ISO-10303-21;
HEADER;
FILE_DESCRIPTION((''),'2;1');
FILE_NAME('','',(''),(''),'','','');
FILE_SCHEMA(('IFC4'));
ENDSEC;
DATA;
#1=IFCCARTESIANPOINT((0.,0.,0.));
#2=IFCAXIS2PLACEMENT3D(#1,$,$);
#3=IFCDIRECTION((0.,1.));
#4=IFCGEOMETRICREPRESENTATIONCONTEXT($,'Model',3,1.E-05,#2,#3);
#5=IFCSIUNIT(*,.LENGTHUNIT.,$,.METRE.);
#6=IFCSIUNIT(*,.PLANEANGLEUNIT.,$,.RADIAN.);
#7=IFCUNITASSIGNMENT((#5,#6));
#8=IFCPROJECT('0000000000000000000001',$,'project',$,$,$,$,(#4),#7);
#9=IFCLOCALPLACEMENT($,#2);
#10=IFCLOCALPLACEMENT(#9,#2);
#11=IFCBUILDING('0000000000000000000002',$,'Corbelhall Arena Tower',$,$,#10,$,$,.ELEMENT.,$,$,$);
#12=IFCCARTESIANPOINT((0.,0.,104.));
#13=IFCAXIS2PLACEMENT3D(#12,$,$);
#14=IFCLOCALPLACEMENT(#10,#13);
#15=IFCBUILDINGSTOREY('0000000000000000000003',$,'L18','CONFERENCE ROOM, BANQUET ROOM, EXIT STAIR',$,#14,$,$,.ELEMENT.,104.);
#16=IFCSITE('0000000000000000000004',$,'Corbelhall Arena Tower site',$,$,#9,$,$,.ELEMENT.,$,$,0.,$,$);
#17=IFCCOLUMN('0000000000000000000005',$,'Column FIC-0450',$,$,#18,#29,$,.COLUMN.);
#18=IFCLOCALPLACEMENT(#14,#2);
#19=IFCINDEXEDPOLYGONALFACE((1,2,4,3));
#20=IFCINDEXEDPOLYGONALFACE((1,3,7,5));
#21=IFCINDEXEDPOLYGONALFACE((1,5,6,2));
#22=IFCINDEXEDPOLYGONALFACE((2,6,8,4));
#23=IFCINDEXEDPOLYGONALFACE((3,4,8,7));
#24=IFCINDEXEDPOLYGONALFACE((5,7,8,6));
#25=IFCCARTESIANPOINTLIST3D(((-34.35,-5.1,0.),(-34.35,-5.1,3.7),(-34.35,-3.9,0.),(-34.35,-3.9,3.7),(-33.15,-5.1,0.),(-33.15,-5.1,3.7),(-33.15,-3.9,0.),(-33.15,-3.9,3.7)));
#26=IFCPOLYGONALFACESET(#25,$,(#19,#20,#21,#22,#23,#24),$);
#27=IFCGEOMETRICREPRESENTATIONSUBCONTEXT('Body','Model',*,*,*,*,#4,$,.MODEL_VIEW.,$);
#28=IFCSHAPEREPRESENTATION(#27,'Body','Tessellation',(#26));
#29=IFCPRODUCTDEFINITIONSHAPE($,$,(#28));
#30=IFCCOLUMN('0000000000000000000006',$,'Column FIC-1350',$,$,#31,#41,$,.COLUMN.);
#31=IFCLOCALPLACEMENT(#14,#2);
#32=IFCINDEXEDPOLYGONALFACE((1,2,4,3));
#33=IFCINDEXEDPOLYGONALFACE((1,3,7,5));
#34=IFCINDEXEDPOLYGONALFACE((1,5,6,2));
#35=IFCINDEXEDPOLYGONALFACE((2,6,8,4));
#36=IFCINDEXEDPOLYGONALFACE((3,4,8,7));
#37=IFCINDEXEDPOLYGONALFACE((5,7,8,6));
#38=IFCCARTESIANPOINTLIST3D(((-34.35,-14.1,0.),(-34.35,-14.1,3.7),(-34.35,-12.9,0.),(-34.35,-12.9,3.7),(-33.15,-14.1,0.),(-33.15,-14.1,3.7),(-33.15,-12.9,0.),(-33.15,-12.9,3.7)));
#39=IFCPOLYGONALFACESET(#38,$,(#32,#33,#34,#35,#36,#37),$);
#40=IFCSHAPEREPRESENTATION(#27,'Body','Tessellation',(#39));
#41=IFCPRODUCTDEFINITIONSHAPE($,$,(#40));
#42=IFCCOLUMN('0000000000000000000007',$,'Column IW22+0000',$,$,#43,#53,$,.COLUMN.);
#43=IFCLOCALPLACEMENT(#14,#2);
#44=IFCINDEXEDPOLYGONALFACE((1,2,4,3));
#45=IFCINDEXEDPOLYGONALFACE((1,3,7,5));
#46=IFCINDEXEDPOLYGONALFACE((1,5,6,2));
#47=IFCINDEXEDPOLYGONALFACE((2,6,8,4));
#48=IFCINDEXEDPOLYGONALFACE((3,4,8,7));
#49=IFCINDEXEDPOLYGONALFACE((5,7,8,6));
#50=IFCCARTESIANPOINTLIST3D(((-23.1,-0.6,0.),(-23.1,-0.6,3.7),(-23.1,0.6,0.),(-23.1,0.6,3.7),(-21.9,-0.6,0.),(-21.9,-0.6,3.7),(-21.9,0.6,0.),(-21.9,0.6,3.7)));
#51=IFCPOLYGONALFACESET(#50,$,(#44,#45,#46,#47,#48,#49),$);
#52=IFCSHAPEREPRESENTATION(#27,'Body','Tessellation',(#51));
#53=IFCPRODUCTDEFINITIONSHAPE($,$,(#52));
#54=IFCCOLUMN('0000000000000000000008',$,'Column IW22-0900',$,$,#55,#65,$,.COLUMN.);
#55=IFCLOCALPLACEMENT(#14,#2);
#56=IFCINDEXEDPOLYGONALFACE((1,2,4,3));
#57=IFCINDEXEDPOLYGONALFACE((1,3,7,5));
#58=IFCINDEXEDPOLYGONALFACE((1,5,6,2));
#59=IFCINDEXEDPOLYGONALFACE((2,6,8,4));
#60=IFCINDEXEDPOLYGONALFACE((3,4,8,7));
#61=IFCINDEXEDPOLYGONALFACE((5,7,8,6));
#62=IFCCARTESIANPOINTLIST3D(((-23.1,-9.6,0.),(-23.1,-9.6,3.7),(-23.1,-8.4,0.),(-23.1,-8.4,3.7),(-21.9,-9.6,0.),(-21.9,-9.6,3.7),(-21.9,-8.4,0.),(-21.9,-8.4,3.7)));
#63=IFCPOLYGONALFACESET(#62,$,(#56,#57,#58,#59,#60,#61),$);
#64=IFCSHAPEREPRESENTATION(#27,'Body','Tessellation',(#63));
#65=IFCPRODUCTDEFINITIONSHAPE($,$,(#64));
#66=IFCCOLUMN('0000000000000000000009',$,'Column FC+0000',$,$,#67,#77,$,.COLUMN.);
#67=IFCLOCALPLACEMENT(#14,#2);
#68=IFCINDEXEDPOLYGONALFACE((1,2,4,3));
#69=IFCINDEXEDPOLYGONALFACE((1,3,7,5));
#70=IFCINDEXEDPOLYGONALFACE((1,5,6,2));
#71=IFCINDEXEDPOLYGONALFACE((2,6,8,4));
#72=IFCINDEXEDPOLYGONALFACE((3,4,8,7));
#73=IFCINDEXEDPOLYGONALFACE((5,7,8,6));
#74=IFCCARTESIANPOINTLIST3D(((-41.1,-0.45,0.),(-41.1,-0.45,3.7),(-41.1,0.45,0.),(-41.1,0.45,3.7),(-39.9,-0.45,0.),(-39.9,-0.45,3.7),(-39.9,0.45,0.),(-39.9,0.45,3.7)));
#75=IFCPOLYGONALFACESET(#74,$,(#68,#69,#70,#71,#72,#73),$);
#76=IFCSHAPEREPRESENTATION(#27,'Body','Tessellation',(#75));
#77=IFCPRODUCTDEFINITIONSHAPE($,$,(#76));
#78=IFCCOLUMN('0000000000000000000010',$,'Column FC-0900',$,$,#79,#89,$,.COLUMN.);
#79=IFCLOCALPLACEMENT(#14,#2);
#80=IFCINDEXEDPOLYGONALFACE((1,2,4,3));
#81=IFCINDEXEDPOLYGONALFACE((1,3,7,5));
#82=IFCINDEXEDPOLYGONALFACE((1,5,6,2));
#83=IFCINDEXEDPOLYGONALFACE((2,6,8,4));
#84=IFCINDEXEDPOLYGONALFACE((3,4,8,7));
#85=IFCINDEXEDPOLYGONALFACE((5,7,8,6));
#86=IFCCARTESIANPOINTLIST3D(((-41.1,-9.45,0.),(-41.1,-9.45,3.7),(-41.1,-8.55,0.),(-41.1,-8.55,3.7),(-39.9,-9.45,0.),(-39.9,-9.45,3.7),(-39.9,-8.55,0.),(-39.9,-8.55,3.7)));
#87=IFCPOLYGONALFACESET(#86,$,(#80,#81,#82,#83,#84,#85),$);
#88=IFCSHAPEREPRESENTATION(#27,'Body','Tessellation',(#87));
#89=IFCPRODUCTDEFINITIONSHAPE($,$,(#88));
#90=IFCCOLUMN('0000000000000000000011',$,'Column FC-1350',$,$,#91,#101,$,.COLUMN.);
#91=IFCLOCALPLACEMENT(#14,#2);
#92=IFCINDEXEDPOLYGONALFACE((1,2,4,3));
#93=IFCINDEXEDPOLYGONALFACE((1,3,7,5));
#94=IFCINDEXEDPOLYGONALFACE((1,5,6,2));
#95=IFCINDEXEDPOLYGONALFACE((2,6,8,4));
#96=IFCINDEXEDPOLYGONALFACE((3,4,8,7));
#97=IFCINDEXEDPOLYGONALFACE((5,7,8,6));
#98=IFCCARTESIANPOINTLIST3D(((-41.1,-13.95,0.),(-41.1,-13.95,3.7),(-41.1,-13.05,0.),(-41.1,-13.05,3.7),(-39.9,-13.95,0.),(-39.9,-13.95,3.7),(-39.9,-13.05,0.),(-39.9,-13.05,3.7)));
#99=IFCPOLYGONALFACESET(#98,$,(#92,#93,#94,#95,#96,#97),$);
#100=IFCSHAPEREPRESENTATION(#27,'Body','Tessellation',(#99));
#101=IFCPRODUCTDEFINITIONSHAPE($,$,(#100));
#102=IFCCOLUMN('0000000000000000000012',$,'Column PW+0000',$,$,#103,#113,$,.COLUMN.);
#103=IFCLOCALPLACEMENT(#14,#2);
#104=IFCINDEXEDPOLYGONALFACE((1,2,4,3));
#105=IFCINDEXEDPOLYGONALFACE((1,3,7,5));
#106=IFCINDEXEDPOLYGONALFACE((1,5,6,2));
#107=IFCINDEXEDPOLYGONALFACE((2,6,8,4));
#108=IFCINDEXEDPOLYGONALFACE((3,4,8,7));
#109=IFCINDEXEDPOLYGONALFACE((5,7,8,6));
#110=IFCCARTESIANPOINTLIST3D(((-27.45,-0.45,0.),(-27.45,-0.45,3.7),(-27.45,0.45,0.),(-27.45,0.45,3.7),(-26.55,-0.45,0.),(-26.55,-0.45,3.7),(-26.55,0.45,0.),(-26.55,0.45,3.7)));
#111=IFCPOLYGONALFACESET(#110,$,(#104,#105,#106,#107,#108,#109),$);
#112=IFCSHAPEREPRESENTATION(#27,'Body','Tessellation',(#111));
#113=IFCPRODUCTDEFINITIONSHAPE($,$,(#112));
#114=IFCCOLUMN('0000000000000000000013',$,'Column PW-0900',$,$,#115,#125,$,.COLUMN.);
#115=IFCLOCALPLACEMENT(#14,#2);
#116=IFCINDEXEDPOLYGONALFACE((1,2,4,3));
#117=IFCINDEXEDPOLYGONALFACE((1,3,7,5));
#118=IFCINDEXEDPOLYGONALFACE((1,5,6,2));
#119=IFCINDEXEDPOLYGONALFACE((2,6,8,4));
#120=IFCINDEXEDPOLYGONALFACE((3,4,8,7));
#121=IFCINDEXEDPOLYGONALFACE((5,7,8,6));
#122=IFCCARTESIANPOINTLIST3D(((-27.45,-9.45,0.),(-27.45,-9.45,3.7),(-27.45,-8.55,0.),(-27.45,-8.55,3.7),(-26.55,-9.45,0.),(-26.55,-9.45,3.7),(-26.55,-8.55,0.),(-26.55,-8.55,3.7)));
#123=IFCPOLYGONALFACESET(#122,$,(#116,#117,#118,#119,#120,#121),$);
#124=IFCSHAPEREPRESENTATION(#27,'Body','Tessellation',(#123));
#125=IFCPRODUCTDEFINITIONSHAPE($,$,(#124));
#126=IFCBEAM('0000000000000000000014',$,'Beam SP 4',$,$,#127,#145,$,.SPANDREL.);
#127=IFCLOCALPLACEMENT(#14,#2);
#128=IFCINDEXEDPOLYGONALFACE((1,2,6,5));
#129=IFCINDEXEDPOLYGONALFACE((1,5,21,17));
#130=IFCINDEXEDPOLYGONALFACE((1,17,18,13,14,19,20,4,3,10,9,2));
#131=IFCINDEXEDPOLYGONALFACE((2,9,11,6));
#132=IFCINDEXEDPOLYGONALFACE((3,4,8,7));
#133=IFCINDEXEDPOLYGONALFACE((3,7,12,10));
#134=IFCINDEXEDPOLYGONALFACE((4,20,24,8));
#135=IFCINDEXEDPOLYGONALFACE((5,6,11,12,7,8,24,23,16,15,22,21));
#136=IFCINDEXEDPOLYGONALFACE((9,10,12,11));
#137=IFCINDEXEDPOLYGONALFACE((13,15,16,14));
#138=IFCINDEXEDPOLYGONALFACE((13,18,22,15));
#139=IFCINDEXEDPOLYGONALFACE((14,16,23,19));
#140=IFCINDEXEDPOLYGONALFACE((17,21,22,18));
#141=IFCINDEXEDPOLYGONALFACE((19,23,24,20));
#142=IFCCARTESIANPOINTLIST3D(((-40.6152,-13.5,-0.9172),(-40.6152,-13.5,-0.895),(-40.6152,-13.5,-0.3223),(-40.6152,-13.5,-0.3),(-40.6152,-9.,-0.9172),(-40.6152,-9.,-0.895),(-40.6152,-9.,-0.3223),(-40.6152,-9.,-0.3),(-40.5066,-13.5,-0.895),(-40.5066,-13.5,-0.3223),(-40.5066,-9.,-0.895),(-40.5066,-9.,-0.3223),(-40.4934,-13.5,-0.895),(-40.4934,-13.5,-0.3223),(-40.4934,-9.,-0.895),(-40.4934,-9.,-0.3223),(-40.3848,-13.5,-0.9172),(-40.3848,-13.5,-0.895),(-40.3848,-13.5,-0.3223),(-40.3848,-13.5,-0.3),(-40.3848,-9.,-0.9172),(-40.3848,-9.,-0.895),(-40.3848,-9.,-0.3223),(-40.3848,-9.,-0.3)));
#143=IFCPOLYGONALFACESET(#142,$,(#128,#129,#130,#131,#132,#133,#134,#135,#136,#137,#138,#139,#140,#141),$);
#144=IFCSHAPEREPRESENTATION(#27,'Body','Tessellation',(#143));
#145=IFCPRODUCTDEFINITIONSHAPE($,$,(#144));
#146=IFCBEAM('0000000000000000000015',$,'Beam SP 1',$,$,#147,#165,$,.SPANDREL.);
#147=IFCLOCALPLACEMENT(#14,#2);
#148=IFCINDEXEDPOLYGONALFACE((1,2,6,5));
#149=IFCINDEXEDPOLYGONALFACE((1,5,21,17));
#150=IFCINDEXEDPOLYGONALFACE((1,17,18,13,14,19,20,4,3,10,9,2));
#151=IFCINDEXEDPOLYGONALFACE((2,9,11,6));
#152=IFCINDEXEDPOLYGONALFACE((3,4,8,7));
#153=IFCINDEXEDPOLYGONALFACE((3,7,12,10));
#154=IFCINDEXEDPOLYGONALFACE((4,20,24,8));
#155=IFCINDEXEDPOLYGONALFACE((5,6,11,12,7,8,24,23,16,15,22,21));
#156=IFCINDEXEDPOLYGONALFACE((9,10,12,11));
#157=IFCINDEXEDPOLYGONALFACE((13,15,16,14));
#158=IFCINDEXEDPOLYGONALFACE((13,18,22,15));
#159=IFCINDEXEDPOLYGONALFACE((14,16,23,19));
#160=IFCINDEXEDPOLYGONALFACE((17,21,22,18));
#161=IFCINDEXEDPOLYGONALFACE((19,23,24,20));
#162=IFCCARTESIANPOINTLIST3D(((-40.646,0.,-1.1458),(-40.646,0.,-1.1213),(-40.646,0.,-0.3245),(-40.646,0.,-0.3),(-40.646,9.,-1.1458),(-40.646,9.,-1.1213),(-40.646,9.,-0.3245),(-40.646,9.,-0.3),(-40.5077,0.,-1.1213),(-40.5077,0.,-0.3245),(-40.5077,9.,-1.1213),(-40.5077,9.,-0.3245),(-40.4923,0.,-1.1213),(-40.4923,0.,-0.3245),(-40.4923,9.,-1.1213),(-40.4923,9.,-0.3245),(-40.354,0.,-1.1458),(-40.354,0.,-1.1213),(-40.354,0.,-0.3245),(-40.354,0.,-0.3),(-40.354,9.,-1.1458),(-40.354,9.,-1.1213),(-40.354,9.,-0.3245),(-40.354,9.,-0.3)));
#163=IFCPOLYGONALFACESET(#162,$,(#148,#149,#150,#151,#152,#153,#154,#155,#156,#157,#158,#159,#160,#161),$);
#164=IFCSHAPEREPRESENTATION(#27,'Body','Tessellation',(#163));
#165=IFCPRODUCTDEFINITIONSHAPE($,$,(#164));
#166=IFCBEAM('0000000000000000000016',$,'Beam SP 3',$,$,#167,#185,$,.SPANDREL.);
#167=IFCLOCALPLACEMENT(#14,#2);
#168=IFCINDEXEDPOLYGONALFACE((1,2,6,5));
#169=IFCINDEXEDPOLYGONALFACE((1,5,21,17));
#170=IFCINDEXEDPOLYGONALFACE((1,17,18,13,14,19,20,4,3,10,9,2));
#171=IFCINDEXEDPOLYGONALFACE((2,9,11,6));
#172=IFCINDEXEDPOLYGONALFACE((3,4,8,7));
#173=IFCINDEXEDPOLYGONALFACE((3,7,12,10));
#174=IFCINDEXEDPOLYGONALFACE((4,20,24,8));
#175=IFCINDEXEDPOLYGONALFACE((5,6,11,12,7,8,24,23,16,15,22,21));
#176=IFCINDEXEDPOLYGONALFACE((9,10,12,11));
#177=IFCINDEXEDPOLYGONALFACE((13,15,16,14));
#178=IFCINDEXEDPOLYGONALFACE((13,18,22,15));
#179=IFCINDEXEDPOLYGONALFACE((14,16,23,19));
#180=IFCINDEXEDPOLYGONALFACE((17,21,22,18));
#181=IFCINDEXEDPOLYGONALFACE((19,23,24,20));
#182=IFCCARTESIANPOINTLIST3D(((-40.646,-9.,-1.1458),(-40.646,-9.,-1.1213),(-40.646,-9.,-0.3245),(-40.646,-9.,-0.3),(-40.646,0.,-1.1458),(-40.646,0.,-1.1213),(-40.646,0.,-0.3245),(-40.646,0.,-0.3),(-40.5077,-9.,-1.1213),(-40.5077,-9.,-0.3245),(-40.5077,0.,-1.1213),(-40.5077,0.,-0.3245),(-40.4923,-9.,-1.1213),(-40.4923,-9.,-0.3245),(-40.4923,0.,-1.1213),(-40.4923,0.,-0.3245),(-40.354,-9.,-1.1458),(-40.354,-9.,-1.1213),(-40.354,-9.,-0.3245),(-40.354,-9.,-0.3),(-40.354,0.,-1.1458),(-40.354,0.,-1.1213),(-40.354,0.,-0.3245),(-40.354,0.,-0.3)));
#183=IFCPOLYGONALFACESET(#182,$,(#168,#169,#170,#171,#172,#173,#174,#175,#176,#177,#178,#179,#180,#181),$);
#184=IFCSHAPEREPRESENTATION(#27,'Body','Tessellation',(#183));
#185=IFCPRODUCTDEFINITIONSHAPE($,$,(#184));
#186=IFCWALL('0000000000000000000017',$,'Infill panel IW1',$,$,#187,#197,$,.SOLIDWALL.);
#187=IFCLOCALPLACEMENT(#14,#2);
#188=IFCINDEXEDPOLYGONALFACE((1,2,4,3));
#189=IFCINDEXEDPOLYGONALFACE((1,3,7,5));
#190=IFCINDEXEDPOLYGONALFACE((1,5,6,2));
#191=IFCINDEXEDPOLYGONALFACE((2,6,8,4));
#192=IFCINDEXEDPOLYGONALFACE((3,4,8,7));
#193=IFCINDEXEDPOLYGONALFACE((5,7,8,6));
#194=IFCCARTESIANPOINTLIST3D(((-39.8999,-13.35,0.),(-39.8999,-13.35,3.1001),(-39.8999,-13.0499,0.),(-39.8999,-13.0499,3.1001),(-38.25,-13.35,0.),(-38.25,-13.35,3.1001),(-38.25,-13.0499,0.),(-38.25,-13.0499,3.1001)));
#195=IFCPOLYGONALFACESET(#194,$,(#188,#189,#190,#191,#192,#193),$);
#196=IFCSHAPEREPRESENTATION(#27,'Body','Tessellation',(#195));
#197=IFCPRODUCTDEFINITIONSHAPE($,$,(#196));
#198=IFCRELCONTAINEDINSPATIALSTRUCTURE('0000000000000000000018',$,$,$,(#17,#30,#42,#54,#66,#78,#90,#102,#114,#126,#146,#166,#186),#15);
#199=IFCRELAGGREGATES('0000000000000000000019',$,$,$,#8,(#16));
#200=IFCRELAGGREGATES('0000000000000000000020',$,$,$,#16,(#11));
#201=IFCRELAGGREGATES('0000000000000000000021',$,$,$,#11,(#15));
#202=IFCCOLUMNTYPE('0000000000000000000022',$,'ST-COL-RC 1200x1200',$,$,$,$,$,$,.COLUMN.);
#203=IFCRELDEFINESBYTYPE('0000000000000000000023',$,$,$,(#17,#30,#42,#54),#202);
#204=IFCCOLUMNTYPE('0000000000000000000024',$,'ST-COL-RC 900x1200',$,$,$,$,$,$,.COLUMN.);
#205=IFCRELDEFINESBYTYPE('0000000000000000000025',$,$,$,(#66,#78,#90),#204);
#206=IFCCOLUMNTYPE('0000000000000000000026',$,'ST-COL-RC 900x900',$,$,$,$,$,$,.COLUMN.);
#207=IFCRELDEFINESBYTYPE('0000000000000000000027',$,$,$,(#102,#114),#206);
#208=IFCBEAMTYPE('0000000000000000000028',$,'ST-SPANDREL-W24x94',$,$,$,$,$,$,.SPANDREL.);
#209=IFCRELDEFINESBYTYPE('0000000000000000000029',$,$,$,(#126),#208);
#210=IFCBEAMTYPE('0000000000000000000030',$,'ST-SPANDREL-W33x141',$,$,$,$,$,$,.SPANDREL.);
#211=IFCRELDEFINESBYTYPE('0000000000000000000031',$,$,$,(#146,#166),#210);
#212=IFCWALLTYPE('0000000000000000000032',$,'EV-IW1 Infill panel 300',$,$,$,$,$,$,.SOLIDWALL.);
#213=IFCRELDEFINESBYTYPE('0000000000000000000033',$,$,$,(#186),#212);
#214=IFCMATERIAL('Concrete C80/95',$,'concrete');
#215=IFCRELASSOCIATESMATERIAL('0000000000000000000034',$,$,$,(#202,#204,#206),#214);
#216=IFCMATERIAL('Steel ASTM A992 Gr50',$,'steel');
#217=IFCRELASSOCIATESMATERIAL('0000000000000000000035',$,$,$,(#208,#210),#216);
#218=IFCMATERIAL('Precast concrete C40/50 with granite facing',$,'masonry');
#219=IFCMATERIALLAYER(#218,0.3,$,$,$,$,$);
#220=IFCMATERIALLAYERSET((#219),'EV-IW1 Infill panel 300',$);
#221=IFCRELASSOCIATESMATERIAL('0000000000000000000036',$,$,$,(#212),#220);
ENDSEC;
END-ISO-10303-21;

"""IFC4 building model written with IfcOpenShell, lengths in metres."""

from ifc_helpers import new_model, si_unit, direction, frame, frame_2d, origin, origin_2d, place, context, subcontext, project, spatial, rectangle, i_section, extrude, material, layer, layer_set, material_profile, profile_set, type_object, element, save


model = new_model("IFC4")

# Units and contexts
model_context = context("Model", 3, precision=1e-05, world=origin(), true_north=direction((0.0, 1.0)))
body_context = subcontext(model_context, "Body", "Model", "MODEL_VIEW")
ifc_project = project(units=[si_unit("LENGTHUNIT", "METRE"), si_unit("PLANEANGLEUNIT", "RADIAN")], contexts=[model_context])

# Site, building, storey
site_placement = place(None, origin())
site = spatial("IfcSite", under=ifc_project, at=site_placement, Name="Corbelhall Arena Tower site", CompositionType="ELEMENT", RefElevation=0.0)
building_placement = place(site_placement, origin())
building = spatial("IfcBuilding", under=site, at=building_placement, Name="Corbelhall Arena Tower", CompositionType="ELEMENT")
storey_placement = place(building_placement, frame((0.0, 0.0, 104.0)))
storey = spatial("IfcBuildingStorey", under=building, at=storey_placement, Name="L18", Description="CONFERENCE ROOM, BANQUET ROOM, EXIT STAIR", CompositionType="ELEMENT", Elevation=104.0)

# Columns
ifc_material_1 = material(Name="Concrete C80/95", Category="concrete")
ifc_material_profile_1 = material_profile(ifc_material_1, rectangle(XDim=1.2, YDim=1.2, at=origin_2d()))
ifc_profile_set_1 = profile_set([ifc_material_profile_1], Name="Concrete C80/95")
column_type_1 = type_object("IfcColumnType", Name="ST-COL-RC 1200x1200", PredefinedType="COLUMN", material=ifc_profile_set_1)
for number, where, z_axis, x_axis, name in (
    (1, (-33.75, -4.5, 0.0), (0.0, 0.0, 1.0), (1.0, 0.0, 0.0), "Column FIC-0450"),
    (2, (-33.75, -13.5, 0.0), (0.0, 0.0, 1.0), (1.0, 0.0, 0.0), "Column FIC-1350"),
    (3, (-22.5, 0.0, 0.0), (0.0, 0.0, 1.0), (1.0, 0.0, 0.0), "Column IW22+0000"),
    (4, (-22.5, -9.0, 0.0), (0.0, 0.0, 1.0), (1.0, 0.0, 0.0), "Column IW22-0900"),
):
    element("IfcColumn", number, at=place(storey_placement, frame(where, z_axis=z_axis, x_axis=x_axis)), inside=storey, type_object=column_type_1, Name=name, PredefinedType="COLUMN", context=body_context, shape_type="SweptSolid", body=[
        extrude(rectangle(XDim=1.2, YDim=1.2, at=origin_2d()), origin(), (0.0, 0.0, 1.0), 3.7),
    ])
ifc_material_profile_2 = material_profile(ifc_material_1, rectangle(XDim=0.8999, YDim=1.2, at=origin_2d()))
ifc_profile_set_2 = profile_set([ifc_material_profile_2], Name="Concrete C80/95")
column_type_2 = type_object("IfcColumnType", Name="ST-COL-RC 900x1200", PredefinedType="COLUMN", material=ifc_profile_set_2)
for number, where, z_axis, x_axis, name in (
    (5, (-40.5, 0.0, 0.0), (0.0, 0.0, 1.0), (0.0, 1.0, 0.0), "Column FC+0000"),
    (6, (-40.5, -9.0, 0.0), (0.0, 0.0, 1.0), (0.0, 1.0, 0.0), "Column FC-0900"),
    (7, (-40.5, -13.5, 0.0), (0.0, 0.0, 1.0), (0.0, 1.0, 0.0), "Column FC-1350"),
):
    element("IfcColumn", number, at=place(storey_placement, frame(where, z_axis=z_axis, x_axis=x_axis)), inside=storey, type_object=column_type_2, Name=name, PredefinedType="COLUMN", context=body_context, shape_type="SweptSolid", body=[
        extrude(rectangle(XDim=0.8999, YDim=1.2, at=origin_2d()), origin(), (0.0, 0.0, 1.0), 3.7),
    ])
ifc_material_profile_3 = material_profile(ifc_material_1, rectangle(XDim=0.8999, YDim=0.8999, at=origin_2d()))
ifc_profile_set_3 = profile_set([ifc_material_profile_3], Name="Concrete C80/95")
column_type_3 = type_object("IfcColumnType", Name="ST-COL-RC 900x900", PredefinedType="COLUMN", material=ifc_profile_set_3)
for number, where, z_axis, x_axis, name in (
    (8, (-27.0, 0.0, 0.0), (0.0, 0.0, 1.0), (1.0, 0.0, 0.0), "Column PW+0000"),
    (9, (-27.0, -9.0, 0.0), (0.0, 0.0, 1.0), (1.0, 0.0, 0.0), "Column PW-0900"),
):
    element("IfcColumn", number, at=place(storey_placement, frame(where, z_axis=z_axis, x_axis=x_axis)), inside=storey, type_object=column_type_3, Name=name, PredefinedType="COLUMN", context=body_context, shape_type="SweptSolid", body=[
        extrude(rectangle(XDim=0.8999, YDim=0.8999, at=origin_2d()), origin(), (0.0, 0.0, 1.0), 3.7),
    ])

# Beams
ifc_material_2 = material(Name="Steel ASTM A992 Gr50", Category="steel")
ifc_material_profile_4 = material_profile(ifc_material_2, i_section(OverallWidth=0.2305, OverallDepth=0.6172, WebThickness=0.0132, FlangeThickness=0.0222, at=origin_2d()))
ifc_profile_set_4 = profile_set([ifc_material_profile_4], Name="Steel ASTM A992 Gr50")
beam_type_1 = type_object("IfcBeamType", Name="ST-SPANDREL-W24x94", PredefinedType="SPANDREL", material=ifc_profile_set_4)
beam_placement = place(storey_placement, frame((-40.5, -13.5, -0.6086), z_axis=(0.0, 1.0, 0.0), x_axis=(-1.0, 0.0, 0.0)))
element("IfcBeam", 10, at=beam_placement, inside=storey, type_object=beam_type_1, Name="Beam SP 4", PredefinedType="SPANDREL", context=body_context, shape_type="SweptSolid", body=[
    extrude(i_section(OverallWidth=0.2305, OverallDepth=0.6172, WebThickness=0.0132, FlangeThickness=0.0222, at=origin_2d()), origin(), (0.0, 0.0, 1.0), 4.5),
])
ifc_material_profile_5 = material_profile(ifc_material_2, i_section(OverallWidth=0.292, OverallDepth=0.8457, WebThickness=0.0154, FlangeThickness=0.0244, at=origin_2d()))
ifc_profile_set_5 = profile_set([ifc_material_profile_5], Name="Steel ASTM A992 Gr50")
beam_type_2 = type_object("IfcBeamType", Name="ST-SPANDREL-W33x141", PredefinedType="SPANDREL", material=ifc_profile_set_5)
for number, where, z_axis, x_axis, name in (
    (11, (-40.5, 0.0, -0.7229), (0.0, 1.0, 0.0), (-1.0, 0.0, 0.0), "Beam SP 1"),
    (12, (-40.5, -9.0, -0.7229), (0.0, 1.0, 0.0), (-1.0, 0.0, 0.0), "Beam SP 3"),
):
    element("IfcBeam", number, at=place(storey_placement, frame(where, z_axis=z_axis, x_axis=x_axis)), inside=storey, type_object=beam_type_2, Name=name, PredefinedType="SPANDREL", context=body_context, shape_type="SweptSolid", body=[
        extrude(i_section(OverallWidth=0.292, OverallDepth=0.8457, WebThickness=0.0154, FlangeThickness=0.0244, at=origin_2d()), origin(), (0.0, 0.0, 1.0), 9.0),
    ])

# Wall
ifc_material_3 = material(Name="Precast concrete C40/50 with granite facing", Category="masonry")
ifc_layer_1 = layer(ifc_material_3, 0.3)
ifc_layer_set_1 = layer_set([ifc_layer_1], Name="EV-IW1 Infill panel 300")
wall_type_1 = type_object("IfcWallType", Name="EV-IW1 Infill panel 300", PredefinedType="SOLIDWALL", material=ifc_layer_set_1)
wall_1_placement = place(storey_placement, frame((-39.8999, -13.2, 0.0), z_axis=(0.0, 0.0, 1.0), x_axis=(1.0, 0.0, 0.0)))
element("IfcWall", 13, at=wall_1_placement, inside=storey, type_object=wall_type_1, Name="Infill panel IW1", PredefinedType="SOLIDWALL", context=body_context, shape_type="SweptSolid", body=[
    extrude(rectangle(XDim=1.6499, YDim=0.3, at=frame_2d((0.825, 0.0))), origin(), (0.0, 0.0, 1.0), 3.1001),
])

save(model, "model.ifc")
